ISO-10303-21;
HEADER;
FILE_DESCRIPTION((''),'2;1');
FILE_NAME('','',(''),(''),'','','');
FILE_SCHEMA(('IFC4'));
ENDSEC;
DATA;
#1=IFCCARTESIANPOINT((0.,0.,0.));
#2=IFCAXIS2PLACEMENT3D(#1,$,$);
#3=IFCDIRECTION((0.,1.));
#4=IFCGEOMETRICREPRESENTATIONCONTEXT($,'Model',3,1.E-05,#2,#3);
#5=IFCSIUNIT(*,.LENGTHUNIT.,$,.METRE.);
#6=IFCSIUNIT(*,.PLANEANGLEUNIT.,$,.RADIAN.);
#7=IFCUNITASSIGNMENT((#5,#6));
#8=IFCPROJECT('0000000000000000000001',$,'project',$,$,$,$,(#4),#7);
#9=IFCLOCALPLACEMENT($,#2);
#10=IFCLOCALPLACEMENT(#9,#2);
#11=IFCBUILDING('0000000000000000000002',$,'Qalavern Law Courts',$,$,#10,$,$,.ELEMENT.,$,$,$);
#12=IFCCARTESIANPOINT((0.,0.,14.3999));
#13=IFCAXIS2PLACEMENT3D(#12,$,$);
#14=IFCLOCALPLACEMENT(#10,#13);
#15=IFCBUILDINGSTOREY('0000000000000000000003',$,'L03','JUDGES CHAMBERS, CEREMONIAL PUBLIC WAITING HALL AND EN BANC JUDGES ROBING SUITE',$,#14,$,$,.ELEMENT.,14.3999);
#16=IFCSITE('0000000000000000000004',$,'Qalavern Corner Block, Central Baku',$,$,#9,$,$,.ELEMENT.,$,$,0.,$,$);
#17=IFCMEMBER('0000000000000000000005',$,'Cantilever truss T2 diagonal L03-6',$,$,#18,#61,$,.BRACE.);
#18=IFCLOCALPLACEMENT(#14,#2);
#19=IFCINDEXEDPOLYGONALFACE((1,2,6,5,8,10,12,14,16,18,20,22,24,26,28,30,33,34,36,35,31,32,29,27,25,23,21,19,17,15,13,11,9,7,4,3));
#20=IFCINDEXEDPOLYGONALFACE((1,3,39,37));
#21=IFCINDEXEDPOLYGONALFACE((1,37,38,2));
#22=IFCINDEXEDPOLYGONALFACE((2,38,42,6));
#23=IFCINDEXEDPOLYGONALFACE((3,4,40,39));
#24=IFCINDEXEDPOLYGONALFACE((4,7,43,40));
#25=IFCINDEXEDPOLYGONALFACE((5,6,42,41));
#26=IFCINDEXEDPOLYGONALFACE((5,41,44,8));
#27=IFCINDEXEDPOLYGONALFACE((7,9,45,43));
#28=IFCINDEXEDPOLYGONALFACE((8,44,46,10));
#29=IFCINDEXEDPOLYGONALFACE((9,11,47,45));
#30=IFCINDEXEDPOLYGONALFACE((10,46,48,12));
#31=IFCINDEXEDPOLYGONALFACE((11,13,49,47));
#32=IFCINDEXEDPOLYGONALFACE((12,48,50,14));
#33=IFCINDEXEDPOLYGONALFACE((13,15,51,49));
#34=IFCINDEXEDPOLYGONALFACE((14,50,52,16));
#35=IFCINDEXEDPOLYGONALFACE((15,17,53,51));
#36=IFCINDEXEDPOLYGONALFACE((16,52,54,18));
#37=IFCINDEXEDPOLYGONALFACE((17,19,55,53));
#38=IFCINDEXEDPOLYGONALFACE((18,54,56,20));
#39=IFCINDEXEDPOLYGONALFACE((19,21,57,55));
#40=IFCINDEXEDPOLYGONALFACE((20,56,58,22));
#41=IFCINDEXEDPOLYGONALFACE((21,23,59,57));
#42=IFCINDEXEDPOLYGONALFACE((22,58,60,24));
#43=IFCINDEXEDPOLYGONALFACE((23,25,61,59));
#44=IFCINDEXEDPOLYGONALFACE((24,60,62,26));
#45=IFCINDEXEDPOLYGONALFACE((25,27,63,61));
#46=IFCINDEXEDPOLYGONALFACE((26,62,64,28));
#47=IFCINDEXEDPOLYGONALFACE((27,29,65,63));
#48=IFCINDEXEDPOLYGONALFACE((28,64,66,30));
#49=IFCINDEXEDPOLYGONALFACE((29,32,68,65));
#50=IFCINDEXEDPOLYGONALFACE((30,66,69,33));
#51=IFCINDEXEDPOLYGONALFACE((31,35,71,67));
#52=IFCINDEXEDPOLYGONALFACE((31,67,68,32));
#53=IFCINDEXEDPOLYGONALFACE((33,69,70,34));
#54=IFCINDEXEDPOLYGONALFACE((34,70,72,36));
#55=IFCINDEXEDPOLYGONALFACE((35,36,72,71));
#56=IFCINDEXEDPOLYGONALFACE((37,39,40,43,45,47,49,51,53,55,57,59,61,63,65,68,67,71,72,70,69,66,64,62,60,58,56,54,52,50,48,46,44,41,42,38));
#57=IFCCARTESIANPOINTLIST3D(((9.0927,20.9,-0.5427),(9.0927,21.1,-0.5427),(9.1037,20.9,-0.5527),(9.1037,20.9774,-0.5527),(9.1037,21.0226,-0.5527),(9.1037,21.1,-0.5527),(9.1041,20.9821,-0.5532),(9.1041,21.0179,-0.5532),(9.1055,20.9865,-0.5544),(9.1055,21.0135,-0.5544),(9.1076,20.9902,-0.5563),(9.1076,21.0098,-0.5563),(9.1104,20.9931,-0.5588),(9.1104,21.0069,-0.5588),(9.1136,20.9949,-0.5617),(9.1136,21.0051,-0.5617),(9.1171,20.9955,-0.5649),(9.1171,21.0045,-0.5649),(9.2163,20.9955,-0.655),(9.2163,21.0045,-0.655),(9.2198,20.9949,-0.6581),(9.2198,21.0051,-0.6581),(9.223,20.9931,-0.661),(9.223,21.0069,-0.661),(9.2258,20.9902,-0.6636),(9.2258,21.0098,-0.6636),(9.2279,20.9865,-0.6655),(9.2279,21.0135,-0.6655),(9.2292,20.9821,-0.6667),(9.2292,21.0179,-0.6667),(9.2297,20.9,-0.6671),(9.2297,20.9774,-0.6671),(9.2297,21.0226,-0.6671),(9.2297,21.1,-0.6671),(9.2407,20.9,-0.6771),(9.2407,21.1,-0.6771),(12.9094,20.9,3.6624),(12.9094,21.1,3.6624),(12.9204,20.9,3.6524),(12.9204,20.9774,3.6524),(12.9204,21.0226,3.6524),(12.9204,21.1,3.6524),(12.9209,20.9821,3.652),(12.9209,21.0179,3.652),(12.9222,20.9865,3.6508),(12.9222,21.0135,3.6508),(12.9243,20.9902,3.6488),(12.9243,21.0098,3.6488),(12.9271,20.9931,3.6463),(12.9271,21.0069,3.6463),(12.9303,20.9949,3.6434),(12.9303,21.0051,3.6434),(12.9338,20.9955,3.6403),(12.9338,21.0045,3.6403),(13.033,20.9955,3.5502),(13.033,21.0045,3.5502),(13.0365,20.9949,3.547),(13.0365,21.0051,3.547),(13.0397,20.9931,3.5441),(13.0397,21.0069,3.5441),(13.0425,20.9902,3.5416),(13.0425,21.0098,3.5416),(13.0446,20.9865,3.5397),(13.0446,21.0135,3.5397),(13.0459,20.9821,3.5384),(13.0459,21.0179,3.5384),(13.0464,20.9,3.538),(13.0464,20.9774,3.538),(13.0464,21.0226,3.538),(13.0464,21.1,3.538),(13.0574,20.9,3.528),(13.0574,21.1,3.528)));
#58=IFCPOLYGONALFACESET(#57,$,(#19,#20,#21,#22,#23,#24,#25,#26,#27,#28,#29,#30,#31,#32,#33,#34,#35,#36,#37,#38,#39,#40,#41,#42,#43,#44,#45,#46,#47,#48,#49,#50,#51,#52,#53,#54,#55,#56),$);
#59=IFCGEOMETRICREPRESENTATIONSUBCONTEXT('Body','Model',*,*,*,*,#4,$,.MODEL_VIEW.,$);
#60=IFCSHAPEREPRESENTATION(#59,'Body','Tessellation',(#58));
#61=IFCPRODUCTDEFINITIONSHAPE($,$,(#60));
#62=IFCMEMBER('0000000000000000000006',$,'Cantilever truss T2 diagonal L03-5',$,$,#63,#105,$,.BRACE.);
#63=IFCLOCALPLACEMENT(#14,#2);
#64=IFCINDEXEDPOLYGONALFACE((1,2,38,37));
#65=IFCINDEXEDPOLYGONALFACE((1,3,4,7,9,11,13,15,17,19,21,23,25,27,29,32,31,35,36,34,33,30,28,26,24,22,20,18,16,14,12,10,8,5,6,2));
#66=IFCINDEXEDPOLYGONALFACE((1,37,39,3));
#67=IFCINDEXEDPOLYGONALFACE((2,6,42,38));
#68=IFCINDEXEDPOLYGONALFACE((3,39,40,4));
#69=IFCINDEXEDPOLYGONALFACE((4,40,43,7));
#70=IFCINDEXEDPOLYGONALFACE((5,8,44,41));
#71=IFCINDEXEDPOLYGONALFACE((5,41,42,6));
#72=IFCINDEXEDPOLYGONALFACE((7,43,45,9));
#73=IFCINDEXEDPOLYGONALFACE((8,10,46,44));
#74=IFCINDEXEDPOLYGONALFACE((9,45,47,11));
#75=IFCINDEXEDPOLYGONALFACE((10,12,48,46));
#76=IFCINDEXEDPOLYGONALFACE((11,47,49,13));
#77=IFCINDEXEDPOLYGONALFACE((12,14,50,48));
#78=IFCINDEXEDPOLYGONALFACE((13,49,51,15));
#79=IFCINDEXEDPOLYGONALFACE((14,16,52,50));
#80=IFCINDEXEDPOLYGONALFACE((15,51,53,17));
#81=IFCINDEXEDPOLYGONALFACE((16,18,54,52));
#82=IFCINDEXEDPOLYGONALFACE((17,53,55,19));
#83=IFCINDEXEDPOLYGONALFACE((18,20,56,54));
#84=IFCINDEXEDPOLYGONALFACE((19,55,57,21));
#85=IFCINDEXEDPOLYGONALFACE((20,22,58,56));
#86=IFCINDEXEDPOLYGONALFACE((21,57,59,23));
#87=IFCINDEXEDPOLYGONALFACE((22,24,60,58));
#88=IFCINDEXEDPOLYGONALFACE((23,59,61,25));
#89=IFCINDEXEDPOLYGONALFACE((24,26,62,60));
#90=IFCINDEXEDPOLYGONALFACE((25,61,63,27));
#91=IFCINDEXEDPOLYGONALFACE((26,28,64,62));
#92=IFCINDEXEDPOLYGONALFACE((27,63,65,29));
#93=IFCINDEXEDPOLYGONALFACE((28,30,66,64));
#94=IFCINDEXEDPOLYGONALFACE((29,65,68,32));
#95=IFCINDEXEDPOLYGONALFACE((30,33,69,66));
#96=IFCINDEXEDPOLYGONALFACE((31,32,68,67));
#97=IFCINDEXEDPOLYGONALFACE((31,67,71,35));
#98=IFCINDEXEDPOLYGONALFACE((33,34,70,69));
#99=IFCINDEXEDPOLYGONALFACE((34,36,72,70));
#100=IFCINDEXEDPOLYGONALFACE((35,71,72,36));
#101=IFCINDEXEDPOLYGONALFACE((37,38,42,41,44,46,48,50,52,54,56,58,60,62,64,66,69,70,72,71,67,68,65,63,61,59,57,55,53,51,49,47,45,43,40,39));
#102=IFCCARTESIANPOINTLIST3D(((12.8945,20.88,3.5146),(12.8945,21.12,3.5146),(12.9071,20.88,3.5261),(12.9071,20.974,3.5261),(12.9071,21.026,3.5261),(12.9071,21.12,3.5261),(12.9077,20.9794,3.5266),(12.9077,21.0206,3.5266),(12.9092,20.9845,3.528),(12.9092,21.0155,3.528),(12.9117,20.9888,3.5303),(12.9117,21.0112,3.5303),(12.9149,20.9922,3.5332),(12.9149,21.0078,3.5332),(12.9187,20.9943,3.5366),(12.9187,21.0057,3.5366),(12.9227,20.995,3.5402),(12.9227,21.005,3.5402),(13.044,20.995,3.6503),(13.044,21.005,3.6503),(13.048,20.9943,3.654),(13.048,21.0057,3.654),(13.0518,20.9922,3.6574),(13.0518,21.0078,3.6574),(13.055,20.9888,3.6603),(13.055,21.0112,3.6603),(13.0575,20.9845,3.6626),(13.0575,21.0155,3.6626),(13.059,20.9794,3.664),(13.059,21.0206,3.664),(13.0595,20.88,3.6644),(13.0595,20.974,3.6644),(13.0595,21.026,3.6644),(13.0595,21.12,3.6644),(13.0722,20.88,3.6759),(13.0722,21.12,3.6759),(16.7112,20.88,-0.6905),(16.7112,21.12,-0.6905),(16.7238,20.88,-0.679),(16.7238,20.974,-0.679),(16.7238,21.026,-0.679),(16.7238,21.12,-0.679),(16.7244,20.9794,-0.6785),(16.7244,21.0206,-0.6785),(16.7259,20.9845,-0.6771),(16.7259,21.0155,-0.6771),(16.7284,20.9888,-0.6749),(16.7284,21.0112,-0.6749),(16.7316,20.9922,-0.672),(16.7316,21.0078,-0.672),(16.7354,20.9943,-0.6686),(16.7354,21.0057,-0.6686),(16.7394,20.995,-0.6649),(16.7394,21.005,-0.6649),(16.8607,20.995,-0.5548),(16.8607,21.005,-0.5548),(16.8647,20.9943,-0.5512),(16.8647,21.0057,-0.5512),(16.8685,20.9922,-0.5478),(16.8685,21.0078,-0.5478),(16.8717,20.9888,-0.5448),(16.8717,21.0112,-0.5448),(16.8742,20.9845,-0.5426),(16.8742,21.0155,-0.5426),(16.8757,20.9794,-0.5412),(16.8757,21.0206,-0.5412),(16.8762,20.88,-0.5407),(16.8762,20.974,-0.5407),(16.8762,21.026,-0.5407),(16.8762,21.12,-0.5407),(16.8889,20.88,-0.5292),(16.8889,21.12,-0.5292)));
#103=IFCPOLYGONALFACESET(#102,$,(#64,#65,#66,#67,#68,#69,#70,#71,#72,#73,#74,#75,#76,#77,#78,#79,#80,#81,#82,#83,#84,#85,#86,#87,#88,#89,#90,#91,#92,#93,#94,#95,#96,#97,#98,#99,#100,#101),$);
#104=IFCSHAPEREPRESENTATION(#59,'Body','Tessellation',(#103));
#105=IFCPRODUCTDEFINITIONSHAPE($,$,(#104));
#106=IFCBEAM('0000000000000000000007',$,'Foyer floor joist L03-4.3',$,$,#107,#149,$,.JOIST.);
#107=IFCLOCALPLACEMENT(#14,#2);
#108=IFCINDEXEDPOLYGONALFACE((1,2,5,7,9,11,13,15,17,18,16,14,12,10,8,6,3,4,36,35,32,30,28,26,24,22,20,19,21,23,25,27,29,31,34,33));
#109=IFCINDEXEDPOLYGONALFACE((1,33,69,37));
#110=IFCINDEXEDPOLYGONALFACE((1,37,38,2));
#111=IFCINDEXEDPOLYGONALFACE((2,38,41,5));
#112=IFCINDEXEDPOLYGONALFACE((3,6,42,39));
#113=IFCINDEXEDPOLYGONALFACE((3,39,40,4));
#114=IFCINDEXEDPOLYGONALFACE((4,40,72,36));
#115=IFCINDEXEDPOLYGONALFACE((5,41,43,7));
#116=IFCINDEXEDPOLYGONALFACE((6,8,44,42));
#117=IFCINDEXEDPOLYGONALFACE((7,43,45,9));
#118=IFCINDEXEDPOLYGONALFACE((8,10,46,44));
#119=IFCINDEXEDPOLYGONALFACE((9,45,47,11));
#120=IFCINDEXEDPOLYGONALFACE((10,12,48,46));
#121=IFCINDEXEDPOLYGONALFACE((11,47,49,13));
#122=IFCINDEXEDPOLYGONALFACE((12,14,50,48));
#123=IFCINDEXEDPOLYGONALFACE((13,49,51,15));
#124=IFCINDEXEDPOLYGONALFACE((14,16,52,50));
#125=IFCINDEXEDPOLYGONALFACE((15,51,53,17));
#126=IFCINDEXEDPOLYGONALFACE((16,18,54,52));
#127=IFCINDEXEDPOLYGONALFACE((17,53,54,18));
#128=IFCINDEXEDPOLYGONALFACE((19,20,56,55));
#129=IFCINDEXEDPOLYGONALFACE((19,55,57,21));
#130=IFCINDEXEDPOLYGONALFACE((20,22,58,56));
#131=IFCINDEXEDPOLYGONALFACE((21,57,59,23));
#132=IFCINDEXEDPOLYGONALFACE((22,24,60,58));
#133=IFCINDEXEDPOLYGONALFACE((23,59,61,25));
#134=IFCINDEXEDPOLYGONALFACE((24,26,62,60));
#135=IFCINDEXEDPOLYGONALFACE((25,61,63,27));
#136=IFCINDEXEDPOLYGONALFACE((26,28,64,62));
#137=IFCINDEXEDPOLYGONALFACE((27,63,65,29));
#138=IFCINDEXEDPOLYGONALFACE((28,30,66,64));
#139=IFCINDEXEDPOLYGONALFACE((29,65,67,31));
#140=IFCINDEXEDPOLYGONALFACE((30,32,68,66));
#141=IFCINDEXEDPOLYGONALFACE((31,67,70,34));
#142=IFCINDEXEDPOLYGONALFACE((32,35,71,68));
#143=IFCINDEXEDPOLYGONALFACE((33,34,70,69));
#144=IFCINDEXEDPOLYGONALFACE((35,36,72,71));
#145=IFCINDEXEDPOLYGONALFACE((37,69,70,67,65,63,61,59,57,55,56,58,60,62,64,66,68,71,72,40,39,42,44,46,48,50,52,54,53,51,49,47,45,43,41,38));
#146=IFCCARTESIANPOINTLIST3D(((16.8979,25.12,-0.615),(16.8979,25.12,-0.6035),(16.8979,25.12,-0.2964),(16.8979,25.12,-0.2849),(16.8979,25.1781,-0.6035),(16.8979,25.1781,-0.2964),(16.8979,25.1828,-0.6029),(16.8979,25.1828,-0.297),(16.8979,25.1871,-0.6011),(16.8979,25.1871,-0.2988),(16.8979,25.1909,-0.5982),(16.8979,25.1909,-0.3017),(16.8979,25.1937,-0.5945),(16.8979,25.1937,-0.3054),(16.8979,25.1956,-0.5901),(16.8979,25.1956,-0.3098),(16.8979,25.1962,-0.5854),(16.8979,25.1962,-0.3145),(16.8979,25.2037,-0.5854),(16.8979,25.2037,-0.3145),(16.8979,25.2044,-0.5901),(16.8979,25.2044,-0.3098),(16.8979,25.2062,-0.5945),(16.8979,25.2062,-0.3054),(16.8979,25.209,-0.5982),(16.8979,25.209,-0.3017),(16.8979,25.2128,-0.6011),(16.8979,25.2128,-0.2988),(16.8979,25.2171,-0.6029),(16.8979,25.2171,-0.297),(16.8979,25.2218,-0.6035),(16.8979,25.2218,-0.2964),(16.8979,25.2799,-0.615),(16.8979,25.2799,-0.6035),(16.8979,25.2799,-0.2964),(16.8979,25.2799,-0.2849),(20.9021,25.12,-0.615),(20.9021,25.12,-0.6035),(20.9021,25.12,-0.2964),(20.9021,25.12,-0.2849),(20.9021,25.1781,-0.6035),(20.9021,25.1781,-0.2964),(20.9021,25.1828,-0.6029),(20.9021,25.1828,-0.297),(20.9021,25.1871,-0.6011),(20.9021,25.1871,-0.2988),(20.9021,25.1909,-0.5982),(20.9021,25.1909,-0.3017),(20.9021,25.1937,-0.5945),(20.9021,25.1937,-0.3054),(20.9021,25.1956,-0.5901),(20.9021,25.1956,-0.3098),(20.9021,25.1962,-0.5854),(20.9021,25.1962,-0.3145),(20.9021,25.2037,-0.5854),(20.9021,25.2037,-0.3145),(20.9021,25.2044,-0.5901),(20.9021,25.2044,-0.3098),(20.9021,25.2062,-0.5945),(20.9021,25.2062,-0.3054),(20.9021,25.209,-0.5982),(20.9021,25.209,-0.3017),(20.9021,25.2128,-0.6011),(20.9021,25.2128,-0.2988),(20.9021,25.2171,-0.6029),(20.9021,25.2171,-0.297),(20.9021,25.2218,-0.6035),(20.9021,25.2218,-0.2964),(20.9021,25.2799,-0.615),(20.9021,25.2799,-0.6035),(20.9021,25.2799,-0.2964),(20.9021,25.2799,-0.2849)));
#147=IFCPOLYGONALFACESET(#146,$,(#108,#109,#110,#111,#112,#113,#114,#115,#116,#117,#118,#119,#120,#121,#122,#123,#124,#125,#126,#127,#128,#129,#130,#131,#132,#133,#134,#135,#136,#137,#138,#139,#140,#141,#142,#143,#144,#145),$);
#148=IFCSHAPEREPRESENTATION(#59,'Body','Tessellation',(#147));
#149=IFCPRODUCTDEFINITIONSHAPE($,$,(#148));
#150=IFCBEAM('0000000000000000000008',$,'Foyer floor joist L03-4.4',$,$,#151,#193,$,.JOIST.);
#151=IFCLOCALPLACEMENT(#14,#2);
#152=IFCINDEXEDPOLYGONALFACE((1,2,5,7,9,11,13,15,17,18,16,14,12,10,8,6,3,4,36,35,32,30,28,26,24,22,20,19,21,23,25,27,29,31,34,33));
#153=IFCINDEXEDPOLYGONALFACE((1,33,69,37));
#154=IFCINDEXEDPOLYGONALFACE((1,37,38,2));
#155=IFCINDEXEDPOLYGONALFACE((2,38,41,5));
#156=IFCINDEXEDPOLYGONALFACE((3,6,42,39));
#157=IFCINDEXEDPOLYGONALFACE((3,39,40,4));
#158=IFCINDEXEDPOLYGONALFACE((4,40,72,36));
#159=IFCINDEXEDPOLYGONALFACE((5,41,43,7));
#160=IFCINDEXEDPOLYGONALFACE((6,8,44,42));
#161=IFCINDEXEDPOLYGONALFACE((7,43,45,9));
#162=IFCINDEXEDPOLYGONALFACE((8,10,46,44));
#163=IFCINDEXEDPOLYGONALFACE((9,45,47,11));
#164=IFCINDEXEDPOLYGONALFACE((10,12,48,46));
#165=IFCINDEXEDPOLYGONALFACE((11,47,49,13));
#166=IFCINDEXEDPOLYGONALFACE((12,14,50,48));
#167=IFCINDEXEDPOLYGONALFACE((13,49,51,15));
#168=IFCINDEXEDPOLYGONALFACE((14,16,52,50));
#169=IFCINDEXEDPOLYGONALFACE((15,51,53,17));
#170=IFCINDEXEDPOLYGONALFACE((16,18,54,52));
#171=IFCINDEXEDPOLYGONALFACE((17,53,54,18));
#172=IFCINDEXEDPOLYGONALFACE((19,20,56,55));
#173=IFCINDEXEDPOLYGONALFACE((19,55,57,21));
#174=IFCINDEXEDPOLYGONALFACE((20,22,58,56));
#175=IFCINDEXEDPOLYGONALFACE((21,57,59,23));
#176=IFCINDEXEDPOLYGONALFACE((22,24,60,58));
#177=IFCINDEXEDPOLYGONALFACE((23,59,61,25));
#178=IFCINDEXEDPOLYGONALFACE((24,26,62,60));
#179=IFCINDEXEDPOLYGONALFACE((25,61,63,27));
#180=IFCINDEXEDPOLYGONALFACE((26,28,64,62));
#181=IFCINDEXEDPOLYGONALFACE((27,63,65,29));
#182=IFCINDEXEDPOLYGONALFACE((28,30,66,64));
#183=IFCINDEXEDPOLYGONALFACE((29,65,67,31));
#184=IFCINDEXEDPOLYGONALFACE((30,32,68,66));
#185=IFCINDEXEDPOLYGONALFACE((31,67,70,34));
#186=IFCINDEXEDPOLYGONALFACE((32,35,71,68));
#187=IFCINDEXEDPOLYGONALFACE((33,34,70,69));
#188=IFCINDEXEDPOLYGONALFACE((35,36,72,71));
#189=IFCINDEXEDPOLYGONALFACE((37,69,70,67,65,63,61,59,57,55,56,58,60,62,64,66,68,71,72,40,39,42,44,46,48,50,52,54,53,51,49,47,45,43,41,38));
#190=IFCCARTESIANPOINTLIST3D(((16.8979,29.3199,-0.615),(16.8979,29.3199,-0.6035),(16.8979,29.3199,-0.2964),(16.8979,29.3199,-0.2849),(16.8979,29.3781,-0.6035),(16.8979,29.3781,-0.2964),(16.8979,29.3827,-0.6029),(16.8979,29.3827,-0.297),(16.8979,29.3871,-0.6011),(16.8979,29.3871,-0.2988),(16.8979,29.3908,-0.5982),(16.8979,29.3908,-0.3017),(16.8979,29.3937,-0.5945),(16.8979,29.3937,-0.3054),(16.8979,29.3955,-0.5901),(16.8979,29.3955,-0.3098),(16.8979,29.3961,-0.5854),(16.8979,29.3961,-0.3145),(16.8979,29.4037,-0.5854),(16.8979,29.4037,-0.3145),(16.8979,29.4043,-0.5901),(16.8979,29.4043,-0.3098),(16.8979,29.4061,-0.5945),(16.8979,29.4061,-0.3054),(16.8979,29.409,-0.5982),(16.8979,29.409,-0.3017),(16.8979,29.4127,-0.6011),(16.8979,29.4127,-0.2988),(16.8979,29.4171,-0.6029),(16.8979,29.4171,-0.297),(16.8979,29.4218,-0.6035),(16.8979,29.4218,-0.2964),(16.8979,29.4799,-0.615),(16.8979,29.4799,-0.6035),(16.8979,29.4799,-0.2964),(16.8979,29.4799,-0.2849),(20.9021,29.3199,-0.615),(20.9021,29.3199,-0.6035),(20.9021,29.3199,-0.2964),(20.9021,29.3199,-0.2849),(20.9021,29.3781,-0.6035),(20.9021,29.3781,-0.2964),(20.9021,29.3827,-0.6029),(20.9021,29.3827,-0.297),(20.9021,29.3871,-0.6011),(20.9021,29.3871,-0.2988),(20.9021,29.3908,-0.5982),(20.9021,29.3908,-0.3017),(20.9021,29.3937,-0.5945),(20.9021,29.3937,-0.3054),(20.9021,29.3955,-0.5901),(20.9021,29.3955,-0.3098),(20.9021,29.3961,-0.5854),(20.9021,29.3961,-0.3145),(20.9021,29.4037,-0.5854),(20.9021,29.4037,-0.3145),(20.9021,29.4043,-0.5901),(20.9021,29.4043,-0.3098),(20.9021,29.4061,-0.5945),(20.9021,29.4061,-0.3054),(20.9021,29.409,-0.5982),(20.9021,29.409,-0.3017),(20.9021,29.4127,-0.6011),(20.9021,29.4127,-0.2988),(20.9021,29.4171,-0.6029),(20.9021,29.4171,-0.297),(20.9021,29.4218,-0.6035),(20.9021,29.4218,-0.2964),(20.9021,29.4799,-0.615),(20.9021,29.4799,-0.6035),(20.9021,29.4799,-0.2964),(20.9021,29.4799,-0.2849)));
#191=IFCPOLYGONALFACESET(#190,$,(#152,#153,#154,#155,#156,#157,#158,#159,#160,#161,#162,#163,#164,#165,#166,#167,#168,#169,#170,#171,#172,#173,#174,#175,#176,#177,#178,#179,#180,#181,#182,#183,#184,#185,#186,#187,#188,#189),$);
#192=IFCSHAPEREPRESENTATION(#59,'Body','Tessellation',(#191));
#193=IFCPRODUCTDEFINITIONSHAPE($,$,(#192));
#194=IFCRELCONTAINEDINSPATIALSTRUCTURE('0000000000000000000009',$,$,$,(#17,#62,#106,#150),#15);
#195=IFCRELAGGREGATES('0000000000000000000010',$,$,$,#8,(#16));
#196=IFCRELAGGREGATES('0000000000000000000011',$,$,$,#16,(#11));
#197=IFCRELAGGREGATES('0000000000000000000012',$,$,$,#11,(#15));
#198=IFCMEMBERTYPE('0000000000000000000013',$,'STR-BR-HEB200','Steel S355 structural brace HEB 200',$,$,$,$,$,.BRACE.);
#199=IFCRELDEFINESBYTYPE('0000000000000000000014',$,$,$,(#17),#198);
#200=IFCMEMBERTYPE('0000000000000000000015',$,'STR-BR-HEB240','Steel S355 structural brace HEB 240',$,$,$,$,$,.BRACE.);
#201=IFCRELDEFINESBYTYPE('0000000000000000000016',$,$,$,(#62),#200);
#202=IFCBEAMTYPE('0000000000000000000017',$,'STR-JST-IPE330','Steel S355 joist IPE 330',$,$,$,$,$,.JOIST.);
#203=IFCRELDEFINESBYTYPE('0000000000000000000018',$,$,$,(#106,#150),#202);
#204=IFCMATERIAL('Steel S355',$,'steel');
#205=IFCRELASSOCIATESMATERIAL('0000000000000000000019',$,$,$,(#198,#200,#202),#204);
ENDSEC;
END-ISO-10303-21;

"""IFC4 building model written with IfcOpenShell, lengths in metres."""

from ifc_helpers import new_model, si_unit, direction, frame, origin, origin_2d, place, context, subcontext, project, spatial, i_section, extrude, material, material_profile, profile_set, type_object, element, save


model = new_model("IFC4")

# Units and contexts
model_context = context("Model", 3, precision=1e-05, world=origin(), true_north=direction((0.0, 1.0)))
body_context = subcontext(model_context, "Body", "Model", "MODEL_VIEW")
ifc_project = project(units=[si_unit("LENGTHUNIT", "METRE"), si_unit("PLANEANGLEUNIT", "RADIAN")], contexts=[model_context])

# Site, building, storey
site_placement = place(None, origin())
site = spatial("IfcSite", under=ifc_project, at=site_placement, Name="Qalavern Corner Block, Central Baku", CompositionType="ELEMENT", RefElevation=0.0)
building_placement = place(site_placement, origin())
building = spatial("IfcBuilding", under=site, at=building_placement, Name="Qalavern Law Courts", CompositionType="ELEMENT")
storey_placement = place(building_placement, frame((0.0, 0.0, 14.3999)))
storey = spatial("IfcBuildingStorey", under=building, at=storey_placement, Name="L03", Description="JUDGES CHAMBERS, CEREMONIAL PUBLIC WAITING HALL AND EN BANC JUDGES ROBING SUITE", CompositionType="ELEMENT", Elevation=14.3999)

# Shared definitions
ifc_material_1 = material(Name="Steel S355", Category="steel")

# Members
ifc_material_profile_1 = material_profile(ifc_material_1, i_section(OverallWidth=0.2, OverallDepth=0.2, WebThickness=0.009, FlangeThickness=0.0149, FilletRadius=0.0181, at=origin_2d()), Name="HEB 200")
ifc_profile_set_1 = profile_set([ifc_material_profile_1], Name="Steel S355")
member_type_1 = type_object("IfcMemberType", Name="STR-BR-HEB200", Description="Steel S355 structural brace HEB 200", PredefinedType="BRACE", material=ifc_profile_set_1)
member_1_placement = place(storey_placement, frame((12.9834, 21.0, 3.5952), z_axis=(-0.67208, 0.0, -0.740479), x_axis=(0.0, -1.0, 0.0)))
element("IfcMember", 1, at=member_1_placement, inside=storey, type_object=member_type_1, Name="Cantilever truss T2 diagonal L03-6", PredefinedType="BRACE", context=body_context, shape_type="SweptSolid", body=[
    extrude(i_section(OverallWidth=0.2, OverallDepth=0.2, WebThickness=0.009, FlangeThickness=0.0149, FilletRadius=0.0181, at=origin_2d()), origin(), (0.0, 0.0, 1.0), 5.679),
])
ifc_material_profile_2 = material_profile(ifc_material_1, i_section(OverallWidth=0.24, OverallDepth=0.24, WebThickness=0.01, FlangeThickness=0.0171, FilletRadius=0.021, at=origin_2d()), Name="HEB 240")
ifc_profile_set_2 = profile_set([ifc_material_profile_2], Name="Steel S355")
member_type_2 = type_object("IfcMemberType", Name="STR-BR-HEB240", Description="Steel S355 structural brace HEB 240", PredefinedType="BRACE", material=ifc_profile_set_2)
member_2_placement = place(storey_placement, frame((16.8, 21.0, -0.6099), z_axis=(-0.67208, 0.0, 0.740479), x_axis=(0.0, -1.0, 0.0)))
element("IfcMember", 2, at=member_2_placement, inside=storey, type_object=member_type_2, Name="Cantilever truss T2 diagonal L03-5", PredefinedType="BRACE", context=body_context, shape_type="SweptSolid", body=[
    extrude(i_section(OverallWidth=0.24, OverallDepth=0.24, WebThickness=0.01, FlangeThickness=0.0171, FilletRadius=0.021, at=origin_2d()), origin(), (0.0, 0.0, 1.0), 5.679),
])

# Beams
ifc_material_profile_3 = material_profile(ifc_material_1, i_section(OverallWidth=0.1599, OverallDepth=0.3301, WebThickness=0.0076, FlangeThickness=0.0115, FilletRadius=0.0181, at=origin_2d()), Name="IPE 330")
ifc_profile_set_3 = profile_set([ifc_material_profile_3], Name="Steel S355")
beam_type_1 = type_object("IfcBeamType", Name="STR-JST-IPE330", Description="Steel S355 joist IPE 330", PredefinedType="JOIST", material=ifc_profile_set_3)
for number, where, z_axis, x_axis, name in (
    (3, (16.8979, 25.2, -0.45), (1.0, 0.0, 0.0), (0.0, 1.0, 0.0), "Foyer floor joist L03-4.3"),
    (4, (16.8979, 29.3999, -0.45), (1.0, 0.0, 0.0), (0.0, 1.0, 0.0), "Foyer floor joist L03-4.4"),
):
    element("IfcBeam", number, at=place(storey_placement, frame(where, z_axis=z_axis, x_axis=x_axis)), inside=storey, type_object=beam_type_1, Name=name, PredefinedType="JOIST", context=body_context, shape_type="SweptSolid", body=[
        extrude(i_section(OverallWidth=0.1599, OverallDepth=0.3301, WebThickness=0.0076, FlangeThickness=0.0115, FilletRadius=0.0181, at=origin_2d()), origin(), (0.0, 0.0, 1.0), 4.0042),
    ])

save(model, "model.ifc")
